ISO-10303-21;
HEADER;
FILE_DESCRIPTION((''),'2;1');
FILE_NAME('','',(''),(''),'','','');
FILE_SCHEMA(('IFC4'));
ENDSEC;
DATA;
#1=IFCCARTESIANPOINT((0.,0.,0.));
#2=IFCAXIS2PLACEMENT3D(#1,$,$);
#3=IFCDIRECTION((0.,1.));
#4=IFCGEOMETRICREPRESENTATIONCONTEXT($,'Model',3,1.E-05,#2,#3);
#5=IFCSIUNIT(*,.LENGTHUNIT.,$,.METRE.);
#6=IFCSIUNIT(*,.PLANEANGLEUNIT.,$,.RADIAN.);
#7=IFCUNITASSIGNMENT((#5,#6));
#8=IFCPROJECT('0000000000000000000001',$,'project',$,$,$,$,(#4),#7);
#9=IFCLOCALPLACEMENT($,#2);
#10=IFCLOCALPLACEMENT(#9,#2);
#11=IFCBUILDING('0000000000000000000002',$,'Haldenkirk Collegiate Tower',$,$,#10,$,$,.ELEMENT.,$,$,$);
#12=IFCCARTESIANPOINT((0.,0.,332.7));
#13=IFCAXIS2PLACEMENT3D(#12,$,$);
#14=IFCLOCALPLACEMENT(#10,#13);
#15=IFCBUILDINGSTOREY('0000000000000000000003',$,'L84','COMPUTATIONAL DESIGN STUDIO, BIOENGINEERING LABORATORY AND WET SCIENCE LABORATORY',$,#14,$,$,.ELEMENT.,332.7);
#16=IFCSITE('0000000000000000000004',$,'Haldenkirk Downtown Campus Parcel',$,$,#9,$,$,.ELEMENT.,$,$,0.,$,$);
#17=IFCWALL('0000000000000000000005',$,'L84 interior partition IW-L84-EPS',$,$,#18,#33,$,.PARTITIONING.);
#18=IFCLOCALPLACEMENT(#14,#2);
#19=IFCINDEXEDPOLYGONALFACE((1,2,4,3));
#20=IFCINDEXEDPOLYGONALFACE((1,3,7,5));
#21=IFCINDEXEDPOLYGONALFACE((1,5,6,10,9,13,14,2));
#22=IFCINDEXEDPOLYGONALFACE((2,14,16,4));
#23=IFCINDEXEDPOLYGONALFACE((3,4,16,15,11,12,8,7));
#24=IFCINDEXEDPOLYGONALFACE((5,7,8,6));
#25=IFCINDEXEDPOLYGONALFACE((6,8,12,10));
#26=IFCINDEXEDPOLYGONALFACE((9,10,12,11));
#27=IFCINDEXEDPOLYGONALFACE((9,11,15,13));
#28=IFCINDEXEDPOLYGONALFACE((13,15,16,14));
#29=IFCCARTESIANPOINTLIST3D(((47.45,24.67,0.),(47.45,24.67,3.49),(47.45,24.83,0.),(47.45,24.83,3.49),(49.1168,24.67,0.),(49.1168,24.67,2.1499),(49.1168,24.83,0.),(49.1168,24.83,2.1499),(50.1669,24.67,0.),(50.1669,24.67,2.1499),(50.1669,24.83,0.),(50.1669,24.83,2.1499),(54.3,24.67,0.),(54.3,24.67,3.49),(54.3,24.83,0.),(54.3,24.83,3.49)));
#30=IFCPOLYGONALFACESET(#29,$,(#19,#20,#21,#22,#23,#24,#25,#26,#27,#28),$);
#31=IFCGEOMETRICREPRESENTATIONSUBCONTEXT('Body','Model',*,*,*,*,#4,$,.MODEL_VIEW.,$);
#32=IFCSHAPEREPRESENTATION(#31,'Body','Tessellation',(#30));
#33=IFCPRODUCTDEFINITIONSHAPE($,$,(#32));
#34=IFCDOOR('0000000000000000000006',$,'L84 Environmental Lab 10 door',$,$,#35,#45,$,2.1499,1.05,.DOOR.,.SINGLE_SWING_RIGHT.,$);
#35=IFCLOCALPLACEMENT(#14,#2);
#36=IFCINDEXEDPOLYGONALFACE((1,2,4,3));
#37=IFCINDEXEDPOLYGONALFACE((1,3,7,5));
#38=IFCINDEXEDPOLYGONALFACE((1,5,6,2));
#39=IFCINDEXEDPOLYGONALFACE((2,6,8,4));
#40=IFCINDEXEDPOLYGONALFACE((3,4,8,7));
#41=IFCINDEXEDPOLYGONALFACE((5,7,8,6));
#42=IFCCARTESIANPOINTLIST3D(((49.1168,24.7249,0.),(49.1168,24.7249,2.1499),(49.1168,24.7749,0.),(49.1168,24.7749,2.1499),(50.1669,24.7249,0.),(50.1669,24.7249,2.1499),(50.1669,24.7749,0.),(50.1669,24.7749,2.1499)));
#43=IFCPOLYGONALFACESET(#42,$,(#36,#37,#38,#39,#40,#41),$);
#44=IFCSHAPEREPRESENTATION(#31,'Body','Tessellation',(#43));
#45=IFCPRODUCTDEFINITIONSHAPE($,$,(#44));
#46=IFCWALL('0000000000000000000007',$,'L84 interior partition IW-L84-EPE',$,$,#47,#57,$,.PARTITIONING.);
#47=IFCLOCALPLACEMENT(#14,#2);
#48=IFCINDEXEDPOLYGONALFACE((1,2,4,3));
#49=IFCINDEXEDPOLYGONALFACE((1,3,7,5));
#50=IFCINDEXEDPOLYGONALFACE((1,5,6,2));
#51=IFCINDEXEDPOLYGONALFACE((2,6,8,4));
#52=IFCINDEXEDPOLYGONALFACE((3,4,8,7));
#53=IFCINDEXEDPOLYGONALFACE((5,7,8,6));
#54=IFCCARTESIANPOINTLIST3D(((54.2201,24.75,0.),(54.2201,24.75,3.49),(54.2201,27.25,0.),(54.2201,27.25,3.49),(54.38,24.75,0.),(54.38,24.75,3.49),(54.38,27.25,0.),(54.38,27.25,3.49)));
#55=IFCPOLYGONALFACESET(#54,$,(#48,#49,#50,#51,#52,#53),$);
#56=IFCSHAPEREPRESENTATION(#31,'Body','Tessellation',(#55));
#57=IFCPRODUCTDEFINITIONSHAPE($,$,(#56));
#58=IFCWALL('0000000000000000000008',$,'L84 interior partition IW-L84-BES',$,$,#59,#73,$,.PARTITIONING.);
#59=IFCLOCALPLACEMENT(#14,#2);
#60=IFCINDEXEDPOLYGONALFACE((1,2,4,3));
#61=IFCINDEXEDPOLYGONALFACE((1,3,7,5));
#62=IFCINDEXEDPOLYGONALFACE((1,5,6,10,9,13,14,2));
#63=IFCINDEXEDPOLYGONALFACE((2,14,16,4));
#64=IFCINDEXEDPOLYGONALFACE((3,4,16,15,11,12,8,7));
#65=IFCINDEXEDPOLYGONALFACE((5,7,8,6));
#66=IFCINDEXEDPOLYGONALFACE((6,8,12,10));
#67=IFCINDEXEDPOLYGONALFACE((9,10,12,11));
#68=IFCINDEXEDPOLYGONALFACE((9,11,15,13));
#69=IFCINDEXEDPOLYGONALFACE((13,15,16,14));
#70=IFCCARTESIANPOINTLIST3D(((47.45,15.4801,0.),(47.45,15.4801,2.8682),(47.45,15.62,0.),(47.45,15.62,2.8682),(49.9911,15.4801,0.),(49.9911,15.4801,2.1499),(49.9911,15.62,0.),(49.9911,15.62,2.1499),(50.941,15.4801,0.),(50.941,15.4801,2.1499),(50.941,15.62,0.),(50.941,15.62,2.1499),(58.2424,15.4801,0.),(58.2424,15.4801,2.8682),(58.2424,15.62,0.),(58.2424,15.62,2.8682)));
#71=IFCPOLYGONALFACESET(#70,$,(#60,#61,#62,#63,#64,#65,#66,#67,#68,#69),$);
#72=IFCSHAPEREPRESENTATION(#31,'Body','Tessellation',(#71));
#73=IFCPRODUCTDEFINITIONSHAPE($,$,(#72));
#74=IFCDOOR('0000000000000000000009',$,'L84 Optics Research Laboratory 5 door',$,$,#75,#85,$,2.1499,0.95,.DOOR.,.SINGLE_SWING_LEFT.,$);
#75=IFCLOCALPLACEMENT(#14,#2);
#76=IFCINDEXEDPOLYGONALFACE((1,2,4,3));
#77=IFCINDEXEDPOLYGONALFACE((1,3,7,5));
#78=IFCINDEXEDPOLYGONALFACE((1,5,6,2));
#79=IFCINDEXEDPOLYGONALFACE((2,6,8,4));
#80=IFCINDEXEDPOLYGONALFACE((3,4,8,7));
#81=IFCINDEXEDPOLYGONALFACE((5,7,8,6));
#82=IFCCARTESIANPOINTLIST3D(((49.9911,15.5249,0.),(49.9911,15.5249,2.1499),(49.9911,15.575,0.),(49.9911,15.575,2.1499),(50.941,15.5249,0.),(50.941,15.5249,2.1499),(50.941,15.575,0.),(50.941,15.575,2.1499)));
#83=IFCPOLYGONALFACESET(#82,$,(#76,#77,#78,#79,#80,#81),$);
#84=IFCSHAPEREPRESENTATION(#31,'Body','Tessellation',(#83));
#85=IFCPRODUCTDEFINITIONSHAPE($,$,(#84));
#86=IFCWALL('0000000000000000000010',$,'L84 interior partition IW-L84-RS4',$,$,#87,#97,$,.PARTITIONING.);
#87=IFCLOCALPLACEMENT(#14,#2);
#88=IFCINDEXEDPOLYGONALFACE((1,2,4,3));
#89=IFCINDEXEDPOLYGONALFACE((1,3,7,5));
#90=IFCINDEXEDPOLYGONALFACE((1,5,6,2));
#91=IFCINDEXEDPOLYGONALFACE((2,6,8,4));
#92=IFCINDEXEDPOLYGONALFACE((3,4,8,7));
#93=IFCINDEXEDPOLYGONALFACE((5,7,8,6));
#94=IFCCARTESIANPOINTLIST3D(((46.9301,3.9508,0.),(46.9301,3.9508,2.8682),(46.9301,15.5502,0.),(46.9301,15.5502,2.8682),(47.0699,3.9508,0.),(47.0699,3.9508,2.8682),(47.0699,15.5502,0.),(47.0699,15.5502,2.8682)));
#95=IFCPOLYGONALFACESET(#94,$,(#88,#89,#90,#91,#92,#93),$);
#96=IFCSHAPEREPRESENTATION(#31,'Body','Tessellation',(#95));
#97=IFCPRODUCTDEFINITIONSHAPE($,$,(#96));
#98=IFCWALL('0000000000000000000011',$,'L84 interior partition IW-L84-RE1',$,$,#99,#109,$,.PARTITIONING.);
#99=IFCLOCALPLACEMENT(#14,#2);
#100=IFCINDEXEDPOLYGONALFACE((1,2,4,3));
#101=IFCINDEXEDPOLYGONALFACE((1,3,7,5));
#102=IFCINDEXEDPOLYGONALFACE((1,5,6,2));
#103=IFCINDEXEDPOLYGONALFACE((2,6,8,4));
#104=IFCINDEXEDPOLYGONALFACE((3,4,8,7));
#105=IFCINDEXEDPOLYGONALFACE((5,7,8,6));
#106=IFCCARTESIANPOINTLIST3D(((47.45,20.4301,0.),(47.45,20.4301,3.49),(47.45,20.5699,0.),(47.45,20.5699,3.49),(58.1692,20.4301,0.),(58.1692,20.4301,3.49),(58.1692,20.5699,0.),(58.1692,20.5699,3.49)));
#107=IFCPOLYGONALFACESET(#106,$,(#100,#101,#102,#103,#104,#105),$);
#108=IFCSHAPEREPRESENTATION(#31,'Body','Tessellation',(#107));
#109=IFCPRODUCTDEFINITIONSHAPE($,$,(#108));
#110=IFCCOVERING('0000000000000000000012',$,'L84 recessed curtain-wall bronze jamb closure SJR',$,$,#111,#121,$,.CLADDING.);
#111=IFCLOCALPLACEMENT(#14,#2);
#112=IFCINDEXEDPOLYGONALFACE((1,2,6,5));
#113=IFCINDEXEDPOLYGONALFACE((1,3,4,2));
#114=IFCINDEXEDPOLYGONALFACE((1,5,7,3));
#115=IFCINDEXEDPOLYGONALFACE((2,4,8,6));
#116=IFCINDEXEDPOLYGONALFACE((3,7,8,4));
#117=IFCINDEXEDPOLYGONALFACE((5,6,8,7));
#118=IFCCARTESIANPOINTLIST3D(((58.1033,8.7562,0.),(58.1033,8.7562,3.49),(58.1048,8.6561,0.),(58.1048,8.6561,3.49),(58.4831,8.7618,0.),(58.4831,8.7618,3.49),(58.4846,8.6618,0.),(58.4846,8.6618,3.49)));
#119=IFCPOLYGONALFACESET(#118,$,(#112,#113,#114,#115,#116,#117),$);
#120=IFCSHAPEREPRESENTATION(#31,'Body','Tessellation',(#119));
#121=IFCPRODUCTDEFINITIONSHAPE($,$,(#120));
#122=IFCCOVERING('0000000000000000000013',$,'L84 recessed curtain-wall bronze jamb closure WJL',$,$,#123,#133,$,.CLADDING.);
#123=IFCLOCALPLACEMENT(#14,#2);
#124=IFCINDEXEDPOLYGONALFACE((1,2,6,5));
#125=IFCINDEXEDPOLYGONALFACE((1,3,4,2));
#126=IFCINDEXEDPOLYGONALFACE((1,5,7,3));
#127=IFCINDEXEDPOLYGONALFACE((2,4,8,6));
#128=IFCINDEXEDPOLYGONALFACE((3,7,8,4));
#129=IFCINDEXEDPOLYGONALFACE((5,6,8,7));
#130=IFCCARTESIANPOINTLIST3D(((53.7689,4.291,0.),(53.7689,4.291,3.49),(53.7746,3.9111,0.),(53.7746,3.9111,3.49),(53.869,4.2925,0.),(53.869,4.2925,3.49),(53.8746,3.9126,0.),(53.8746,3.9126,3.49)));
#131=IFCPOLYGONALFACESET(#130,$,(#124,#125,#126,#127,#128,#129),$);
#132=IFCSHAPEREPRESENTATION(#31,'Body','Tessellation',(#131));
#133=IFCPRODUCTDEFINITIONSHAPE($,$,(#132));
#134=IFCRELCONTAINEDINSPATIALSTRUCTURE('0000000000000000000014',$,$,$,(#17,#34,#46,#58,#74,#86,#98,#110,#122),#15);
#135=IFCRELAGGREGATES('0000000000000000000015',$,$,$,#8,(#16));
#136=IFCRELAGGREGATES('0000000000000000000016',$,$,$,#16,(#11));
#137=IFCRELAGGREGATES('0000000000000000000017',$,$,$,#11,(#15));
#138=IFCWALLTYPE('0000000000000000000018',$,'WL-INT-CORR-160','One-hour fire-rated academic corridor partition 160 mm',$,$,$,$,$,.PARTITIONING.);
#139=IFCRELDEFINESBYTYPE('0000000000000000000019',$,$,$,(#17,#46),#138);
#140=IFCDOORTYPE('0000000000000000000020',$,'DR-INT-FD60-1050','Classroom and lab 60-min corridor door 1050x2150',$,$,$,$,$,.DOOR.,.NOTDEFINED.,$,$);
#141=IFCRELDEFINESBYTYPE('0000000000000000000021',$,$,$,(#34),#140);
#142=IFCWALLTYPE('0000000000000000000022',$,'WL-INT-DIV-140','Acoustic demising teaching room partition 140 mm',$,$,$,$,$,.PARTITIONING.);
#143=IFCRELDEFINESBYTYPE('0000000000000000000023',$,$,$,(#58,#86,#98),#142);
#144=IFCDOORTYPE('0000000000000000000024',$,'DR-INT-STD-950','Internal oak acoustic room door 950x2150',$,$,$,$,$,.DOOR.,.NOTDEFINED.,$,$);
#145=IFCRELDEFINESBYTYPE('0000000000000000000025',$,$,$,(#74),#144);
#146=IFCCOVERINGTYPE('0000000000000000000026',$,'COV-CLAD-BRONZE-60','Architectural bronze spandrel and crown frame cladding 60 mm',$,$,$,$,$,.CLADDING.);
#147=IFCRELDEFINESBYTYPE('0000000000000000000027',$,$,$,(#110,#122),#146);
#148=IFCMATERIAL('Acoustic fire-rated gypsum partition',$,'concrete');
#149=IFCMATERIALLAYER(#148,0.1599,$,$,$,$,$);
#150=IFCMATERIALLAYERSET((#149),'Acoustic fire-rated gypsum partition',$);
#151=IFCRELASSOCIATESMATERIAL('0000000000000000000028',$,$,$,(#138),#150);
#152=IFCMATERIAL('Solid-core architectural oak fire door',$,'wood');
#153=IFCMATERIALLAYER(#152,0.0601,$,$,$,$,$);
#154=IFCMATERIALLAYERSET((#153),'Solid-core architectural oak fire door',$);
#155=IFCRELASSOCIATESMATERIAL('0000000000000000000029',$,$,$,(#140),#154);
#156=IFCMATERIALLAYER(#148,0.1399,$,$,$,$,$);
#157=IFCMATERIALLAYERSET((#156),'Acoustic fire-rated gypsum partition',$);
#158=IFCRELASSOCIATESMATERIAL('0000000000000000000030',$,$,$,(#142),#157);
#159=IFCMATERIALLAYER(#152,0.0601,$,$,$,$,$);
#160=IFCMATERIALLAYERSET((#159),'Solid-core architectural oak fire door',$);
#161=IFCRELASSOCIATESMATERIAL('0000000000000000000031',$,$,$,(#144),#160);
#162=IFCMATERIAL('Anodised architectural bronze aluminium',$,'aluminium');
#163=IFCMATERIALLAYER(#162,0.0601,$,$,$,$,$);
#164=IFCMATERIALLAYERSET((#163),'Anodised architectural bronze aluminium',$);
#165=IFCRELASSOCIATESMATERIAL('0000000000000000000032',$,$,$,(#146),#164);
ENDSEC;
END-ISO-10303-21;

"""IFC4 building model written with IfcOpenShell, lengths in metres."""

from ifc_helpers import new_model, si_unit, direction, frame, frame_2d, origin, origin_2d, place, context, subcontext, project, spatial, rectangle, extrude, source, transform, mapped, material, layer, layer_set, type_object, element, fill, save


model = new_model("IFC4")

# Units and contexts
model_context = context("Model", 3, precision=1e-05, world=origin(), true_north=direction((0.0, 1.0)))
body_context = subcontext(model_context, "Body", "Model", "MODEL_VIEW")
ifc_project = project(units=[si_unit("LENGTHUNIT", "METRE"), si_unit("PLANEANGLEUNIT", "RADIAN")], contexts=[model_context])

# Site, building, storey
site_placement = place(None, origin())
site = spatial("IfcSite", under=ifc_project, at=site_placement, Name="Haldenkirk Downtown Campus Parcel", CompositionType="ELEMENT", RefElevation=0.0)
building_placement = place(site_placement, origin())
building = spatial("IfcBuilding", under=site, at=building_placement, Name="Haldenkirk Collegiate Tower", CompositionType="ELEMENT")
storey_placement = place(building_placement, frame((0.0, 0.0, 332.7)))
storey = spatial("IfcBuildingStorey", under=building, at=storey_placement, Name="L84", Description="COMPUTATIONAL DESIGN STUDIO, BIOENGINEERING LABORATORY AND WET SCIENCE LABORATORY", CompositionType="ELEMENT", Elevation=332.7)

# Shared definitions
ifc_material_1 = material(Name="Anodised architectural bronze aluminium", Category="aluminium")

# Wall, opening, door
ifc_material_2 = material(Name="Acoustic fire-rated gypsum partition", Category="concrete")
ifc_layer_1 = layer(ifc_material_2, 0.1599)
ifc_layer_set_1 = layer_set([ifc_layer_1], Name="Acoustic fire-rated gypsum partition")
wall_type_1 = type_object("IfcWallType", Name="WL-INT-CORR-160", Description="One-hour fire-rated academic corridor partition 160 mm", PredefinedType="PARTITIONING", material=ifc_layer_set_1)
ifc_material_3 = material(Name="Solid-core architectural oak fire door", Category="wood")
ifc_layer_2 = layer(ifc_material_3, 0.0601)
ifc_layer_set_2 = layer_set([ifc_layer_2], Name="Solid-core architectural oak fire door")
door_type_1 = type_object("IfcDoorType", Name="DR-INT-FD60-1050", Description="Classroom and lab 60-min corridor door 1050x2150", OperationType="NOTDEFINED", PredefinedType="DOOR", material=ifc_layer_set_2)
wall_1_placement = place(storey_placement, frame((47.45, 24.75, 0.0), z_axis=(0.0, 0.0, 1.0), x_axis=(1.0, 0.0, 0.0)))
wall_1 = element("IfcWall", 1, at=wall_1_placement, inside=storey, type_object=wall_type_1, Name="L84 interior partition IW-L84-EPS", PredefinedType="PARTITIONING", context=body_context, shape_type="SweptSolid", body=[
    extrude(rectangle(XDim=6.8501, YDim=0.1599, at=frame_2d((3.425, 0.0))), origin(), (0.0, 0.0, 1.0), 3.49),
])
opening_1_placement = place(wall_1_placement, frame((1.667, 0.0, 0.0)))
opening_1 = element("IfcOpeningElement", 2, at=opening_1_placement, cuts=wall_1, PredefinedType="OPENING", context=body_context, shape_type="SweptSolid", body=[
    extrude(rectangle(XDim=1.05, YDim=2.1499, at=frame_2d((0.5249, 1.075))), frame((0.0, 0.0898, 0.0), z_axis=(0.0, -1.0, 0.0), x_axis=(1.0, 0.0, 0.0)), (0.0, 0.0, 1.0), 0.1799),
])
door_1_placement = place(opening_1_placement, origin())
door_1 = element("IfcDoor", 3, at=door_1_placement, inside=storey, type_object=door_type_1, Name="L84 Environmental Lab 10 door", OperationType="SINGLE_SWING_RIGHT", OverallHeight=2.1499, OverallWidth=1.05, PredefinedType="DOOR", context=body_context, shape_type="SweptSolid", body=[
    extrude(rectangle(XDim=1.05, YDim=2.1499, at=frame_2d((0.5249, 1.075))), frame((0.0, 0.0249, 0.0), z_axis=(0.0, -1.0, 0.0), x_axis=(1.0, 0.0, 0.0)), (0.0, 0.0, 1.0), 0.05),
])
fill(opening_1, door_1)

# Wall
wall_2_placement = place(storey_placement, frame((54.3, 24.75, 0.0), z_axis=(0.0, 0.0, 1.0), x_axis=(0.0, 1.0, 0.0)))
element("IfcWall", 4, at=wall_2_placement, inside=storey, type_object=wall_type_1, Name="L84 interior partition IW-L84-EPE", PredefinedType="PARTITIONING", context=body_context, shape_type="SweptSolid", body=[
    extrude(rectangle(XDim=2.5, YDim=0.1599, at=frame_2d((1.25, 0.0))), origin(), (0.0, 0.0, 1.0), 3.49),
])

# Wall, opening, door
ifc_layer_3 = layer(ifc_material_2, 0.1399)
ifc_layer_set_3 = layer_set([ifc_layer_3], Name="Acoustic fire-rated gypsum partition")
wall_type_2 = type_object("IfcWallType", Name="WL-INT-DIV-140", Description="Acoustic demising teaching room partition 140 mm", PredefinedType="PARTITIONING", material=ifc_layer_set_3)
wall_3_placement = place(storey_placement, frame((47.45, 15.55, 0.0), z_axis=(0.0, 0.0, 1.0), x_axis=(1.0, 0.0, 0.0)))
wall_3 = element("IfcWall", 5, at=wall_3_placement, inside=storey, type_object=wall_type_2, Name="L84 interior partition IW-L84-BES", PredefinedType="PARTITIONING", context=body_context, shape_type="SweptSolid", body=[
    extrude(rectangle(XDim=10.7925, YDim=0.1399, at=frame_2d((5.3962, 0.0))), origin(), (0.0, 0.0, 1.0), 2.8682),
])
opening_2_placement = place(wall_3_placement, frame((2.541, 0.0, 0.0)))
opening_2 = element("IfcOpeningElement", 6, at=opening_2_placement, cuts=wall_3, PredefinedType="OPENING", context=body_context, shape_type="SweptSolid", body=[
    extrude(rectangle(XDim=0.95, YDim=2.1499, at=frame_2d((0.4751, 1.075))), frame((0.0, 0.0798, 0.0), z_axis=(0.0, -1.0, 0.0), x_axis=(1.0, 0.0, 0.0)), (0.0, 0.0, 1.0), 0.1599),
])
ifc_layer_4 = layer(ifc_material_3, 0.0601)
ifc_layer_set_4 = layer_set([ifc_layer_4], Name="Solid-core architectural oak fire door")
door_type_2 = type_object("IfcDoorType", Name="DR-INT-STD-950", Description="Internal oak acoustic room door 950x2150", OperationType="NOTDEFINED", PredefinedType="DOOR", material=ifc_layer_set_4)
door_2_placement = place(opening_2_placement, origin())
door_2 = element("IfcDoor", 7, at=door_2_placement, inside=storey, type_object=door_type_2, Name="L84 Optics Research Laboratory 5 door", OperationType="SINGLE_SWING_LEFT", OverallHeight=2.1499, OverallWidth=0.95, PredefinedType="DOOR", context=body_context, shape_type="SweptSolid", body=[
    extrude(rectangle(XDim=0.95, YDim=2.1499, at=frame_2d((0.4751, 1.075))), frame((0.0, 0.0249, 0.0), z_axis=(0.0, -1.0, 0.0), x_axis=(1.0, 0.0, 0.0)), (0.0, 0.0, 1.0), 0.05),
])
fill(opening_2, door_2)

# Walls
wall_4_placement = place(storey_placement, frame((47.0, 3.9507, 0.0), z_axis=(0.0, 0.0, 1.0), x_axis=(0.0, 1.0, 0.0)))
element("IfcWall", 8, at=wall_4_placement, inside=storey, type_object=wall_type_2, Name="L84 interior partition IW-L84-RS4", PredefinedType="PARTITIONING", context=body_context, shape_type="SweptSolid", body=[
    extrude(rectangle(XDim=11.5994, YDim=0.1399, at=frame_2d((5.7998, 0.0))), origin(), (0.0, 0.0, 1.0), 2.8682),
])
wall_5_placement = place(storey_placement, frame((47.45, 20.5, 0.0), z_axis=(0.0, 0.0, 1.0), x_axis=(1.0, 0.0, 0.0)))
element("IfcWall", 9, at=wall_5_placement, inside=storey, type_object=wall_type_2, Name="L84 interior partition IW-L84-RE1", PredefinedType="PARTITIONING", context=body_context, shape_type="SweptSolid", body=[
    extrude(rectangle(XDim=10.7192, YDim=0.1399, at=frame_2d((5.3596, 0.0))), origin(), (0.0, 0.0, 1.0), 3.49),
])

# Coverings
ifc_layer_5 = layer(ifc_material_1, 0.0601)
ifc_layer_set_5 = layer_set([ifc_layer_5], Name="Anodised architectural bronze aluminium")
covering_type = type_object("IfcCoveringType", Name="COV-CLAD-BRONZE-60", Description="Architectural bronze spandrel and crown frame cladding 60 mm", PredefinedType="CLADDING", material=ifc_layer_set_5)
shared_shape_1 = source(origin(), body_context, "Body", "SweptSolid", [
    extrude(rectangle(XDim=0.1001, YDim=0.3799, at=origin_2d()), origin(), (0.0, 0.0, 1.0), 3.49),
])
for number, where, z_axis, x_axis, name in (
    (10, (58.2939, 8.709, 0.0), (0.0, 0.0, 1.0), (0.014835, -0.99989, 0.0), "L84 recessed curtain-wall bronze jamb closure SJR"),
    (11, (53.8218, 4.1018, 0.0), (0.0, 0.0, 1.0), (-0.99989, -0.014835, 0.0), "L84 recessed curtain-wall bronze jamb closure WJL"),
):
    element("IfcCovering", number, at=place(storey_placement, frame(where, z_axis=z_axis, x_axis=x_axis)), inside=storey, type_object=covering_type, Name=name, PredefinedType="CLADDING", context=body_context, shape_type="MappedRepresentation", body=[
        mapped(shared_shape_1, transform((0.0, 0.0, 0.0), x_axis=(1.0, 0.0, 0.0), y_axis=(0.0, 1.0, 0.0), z_axis=(0.0, 0.0, 1.0), scale=1.0)),
    ])

save(model, "model.ifc")
